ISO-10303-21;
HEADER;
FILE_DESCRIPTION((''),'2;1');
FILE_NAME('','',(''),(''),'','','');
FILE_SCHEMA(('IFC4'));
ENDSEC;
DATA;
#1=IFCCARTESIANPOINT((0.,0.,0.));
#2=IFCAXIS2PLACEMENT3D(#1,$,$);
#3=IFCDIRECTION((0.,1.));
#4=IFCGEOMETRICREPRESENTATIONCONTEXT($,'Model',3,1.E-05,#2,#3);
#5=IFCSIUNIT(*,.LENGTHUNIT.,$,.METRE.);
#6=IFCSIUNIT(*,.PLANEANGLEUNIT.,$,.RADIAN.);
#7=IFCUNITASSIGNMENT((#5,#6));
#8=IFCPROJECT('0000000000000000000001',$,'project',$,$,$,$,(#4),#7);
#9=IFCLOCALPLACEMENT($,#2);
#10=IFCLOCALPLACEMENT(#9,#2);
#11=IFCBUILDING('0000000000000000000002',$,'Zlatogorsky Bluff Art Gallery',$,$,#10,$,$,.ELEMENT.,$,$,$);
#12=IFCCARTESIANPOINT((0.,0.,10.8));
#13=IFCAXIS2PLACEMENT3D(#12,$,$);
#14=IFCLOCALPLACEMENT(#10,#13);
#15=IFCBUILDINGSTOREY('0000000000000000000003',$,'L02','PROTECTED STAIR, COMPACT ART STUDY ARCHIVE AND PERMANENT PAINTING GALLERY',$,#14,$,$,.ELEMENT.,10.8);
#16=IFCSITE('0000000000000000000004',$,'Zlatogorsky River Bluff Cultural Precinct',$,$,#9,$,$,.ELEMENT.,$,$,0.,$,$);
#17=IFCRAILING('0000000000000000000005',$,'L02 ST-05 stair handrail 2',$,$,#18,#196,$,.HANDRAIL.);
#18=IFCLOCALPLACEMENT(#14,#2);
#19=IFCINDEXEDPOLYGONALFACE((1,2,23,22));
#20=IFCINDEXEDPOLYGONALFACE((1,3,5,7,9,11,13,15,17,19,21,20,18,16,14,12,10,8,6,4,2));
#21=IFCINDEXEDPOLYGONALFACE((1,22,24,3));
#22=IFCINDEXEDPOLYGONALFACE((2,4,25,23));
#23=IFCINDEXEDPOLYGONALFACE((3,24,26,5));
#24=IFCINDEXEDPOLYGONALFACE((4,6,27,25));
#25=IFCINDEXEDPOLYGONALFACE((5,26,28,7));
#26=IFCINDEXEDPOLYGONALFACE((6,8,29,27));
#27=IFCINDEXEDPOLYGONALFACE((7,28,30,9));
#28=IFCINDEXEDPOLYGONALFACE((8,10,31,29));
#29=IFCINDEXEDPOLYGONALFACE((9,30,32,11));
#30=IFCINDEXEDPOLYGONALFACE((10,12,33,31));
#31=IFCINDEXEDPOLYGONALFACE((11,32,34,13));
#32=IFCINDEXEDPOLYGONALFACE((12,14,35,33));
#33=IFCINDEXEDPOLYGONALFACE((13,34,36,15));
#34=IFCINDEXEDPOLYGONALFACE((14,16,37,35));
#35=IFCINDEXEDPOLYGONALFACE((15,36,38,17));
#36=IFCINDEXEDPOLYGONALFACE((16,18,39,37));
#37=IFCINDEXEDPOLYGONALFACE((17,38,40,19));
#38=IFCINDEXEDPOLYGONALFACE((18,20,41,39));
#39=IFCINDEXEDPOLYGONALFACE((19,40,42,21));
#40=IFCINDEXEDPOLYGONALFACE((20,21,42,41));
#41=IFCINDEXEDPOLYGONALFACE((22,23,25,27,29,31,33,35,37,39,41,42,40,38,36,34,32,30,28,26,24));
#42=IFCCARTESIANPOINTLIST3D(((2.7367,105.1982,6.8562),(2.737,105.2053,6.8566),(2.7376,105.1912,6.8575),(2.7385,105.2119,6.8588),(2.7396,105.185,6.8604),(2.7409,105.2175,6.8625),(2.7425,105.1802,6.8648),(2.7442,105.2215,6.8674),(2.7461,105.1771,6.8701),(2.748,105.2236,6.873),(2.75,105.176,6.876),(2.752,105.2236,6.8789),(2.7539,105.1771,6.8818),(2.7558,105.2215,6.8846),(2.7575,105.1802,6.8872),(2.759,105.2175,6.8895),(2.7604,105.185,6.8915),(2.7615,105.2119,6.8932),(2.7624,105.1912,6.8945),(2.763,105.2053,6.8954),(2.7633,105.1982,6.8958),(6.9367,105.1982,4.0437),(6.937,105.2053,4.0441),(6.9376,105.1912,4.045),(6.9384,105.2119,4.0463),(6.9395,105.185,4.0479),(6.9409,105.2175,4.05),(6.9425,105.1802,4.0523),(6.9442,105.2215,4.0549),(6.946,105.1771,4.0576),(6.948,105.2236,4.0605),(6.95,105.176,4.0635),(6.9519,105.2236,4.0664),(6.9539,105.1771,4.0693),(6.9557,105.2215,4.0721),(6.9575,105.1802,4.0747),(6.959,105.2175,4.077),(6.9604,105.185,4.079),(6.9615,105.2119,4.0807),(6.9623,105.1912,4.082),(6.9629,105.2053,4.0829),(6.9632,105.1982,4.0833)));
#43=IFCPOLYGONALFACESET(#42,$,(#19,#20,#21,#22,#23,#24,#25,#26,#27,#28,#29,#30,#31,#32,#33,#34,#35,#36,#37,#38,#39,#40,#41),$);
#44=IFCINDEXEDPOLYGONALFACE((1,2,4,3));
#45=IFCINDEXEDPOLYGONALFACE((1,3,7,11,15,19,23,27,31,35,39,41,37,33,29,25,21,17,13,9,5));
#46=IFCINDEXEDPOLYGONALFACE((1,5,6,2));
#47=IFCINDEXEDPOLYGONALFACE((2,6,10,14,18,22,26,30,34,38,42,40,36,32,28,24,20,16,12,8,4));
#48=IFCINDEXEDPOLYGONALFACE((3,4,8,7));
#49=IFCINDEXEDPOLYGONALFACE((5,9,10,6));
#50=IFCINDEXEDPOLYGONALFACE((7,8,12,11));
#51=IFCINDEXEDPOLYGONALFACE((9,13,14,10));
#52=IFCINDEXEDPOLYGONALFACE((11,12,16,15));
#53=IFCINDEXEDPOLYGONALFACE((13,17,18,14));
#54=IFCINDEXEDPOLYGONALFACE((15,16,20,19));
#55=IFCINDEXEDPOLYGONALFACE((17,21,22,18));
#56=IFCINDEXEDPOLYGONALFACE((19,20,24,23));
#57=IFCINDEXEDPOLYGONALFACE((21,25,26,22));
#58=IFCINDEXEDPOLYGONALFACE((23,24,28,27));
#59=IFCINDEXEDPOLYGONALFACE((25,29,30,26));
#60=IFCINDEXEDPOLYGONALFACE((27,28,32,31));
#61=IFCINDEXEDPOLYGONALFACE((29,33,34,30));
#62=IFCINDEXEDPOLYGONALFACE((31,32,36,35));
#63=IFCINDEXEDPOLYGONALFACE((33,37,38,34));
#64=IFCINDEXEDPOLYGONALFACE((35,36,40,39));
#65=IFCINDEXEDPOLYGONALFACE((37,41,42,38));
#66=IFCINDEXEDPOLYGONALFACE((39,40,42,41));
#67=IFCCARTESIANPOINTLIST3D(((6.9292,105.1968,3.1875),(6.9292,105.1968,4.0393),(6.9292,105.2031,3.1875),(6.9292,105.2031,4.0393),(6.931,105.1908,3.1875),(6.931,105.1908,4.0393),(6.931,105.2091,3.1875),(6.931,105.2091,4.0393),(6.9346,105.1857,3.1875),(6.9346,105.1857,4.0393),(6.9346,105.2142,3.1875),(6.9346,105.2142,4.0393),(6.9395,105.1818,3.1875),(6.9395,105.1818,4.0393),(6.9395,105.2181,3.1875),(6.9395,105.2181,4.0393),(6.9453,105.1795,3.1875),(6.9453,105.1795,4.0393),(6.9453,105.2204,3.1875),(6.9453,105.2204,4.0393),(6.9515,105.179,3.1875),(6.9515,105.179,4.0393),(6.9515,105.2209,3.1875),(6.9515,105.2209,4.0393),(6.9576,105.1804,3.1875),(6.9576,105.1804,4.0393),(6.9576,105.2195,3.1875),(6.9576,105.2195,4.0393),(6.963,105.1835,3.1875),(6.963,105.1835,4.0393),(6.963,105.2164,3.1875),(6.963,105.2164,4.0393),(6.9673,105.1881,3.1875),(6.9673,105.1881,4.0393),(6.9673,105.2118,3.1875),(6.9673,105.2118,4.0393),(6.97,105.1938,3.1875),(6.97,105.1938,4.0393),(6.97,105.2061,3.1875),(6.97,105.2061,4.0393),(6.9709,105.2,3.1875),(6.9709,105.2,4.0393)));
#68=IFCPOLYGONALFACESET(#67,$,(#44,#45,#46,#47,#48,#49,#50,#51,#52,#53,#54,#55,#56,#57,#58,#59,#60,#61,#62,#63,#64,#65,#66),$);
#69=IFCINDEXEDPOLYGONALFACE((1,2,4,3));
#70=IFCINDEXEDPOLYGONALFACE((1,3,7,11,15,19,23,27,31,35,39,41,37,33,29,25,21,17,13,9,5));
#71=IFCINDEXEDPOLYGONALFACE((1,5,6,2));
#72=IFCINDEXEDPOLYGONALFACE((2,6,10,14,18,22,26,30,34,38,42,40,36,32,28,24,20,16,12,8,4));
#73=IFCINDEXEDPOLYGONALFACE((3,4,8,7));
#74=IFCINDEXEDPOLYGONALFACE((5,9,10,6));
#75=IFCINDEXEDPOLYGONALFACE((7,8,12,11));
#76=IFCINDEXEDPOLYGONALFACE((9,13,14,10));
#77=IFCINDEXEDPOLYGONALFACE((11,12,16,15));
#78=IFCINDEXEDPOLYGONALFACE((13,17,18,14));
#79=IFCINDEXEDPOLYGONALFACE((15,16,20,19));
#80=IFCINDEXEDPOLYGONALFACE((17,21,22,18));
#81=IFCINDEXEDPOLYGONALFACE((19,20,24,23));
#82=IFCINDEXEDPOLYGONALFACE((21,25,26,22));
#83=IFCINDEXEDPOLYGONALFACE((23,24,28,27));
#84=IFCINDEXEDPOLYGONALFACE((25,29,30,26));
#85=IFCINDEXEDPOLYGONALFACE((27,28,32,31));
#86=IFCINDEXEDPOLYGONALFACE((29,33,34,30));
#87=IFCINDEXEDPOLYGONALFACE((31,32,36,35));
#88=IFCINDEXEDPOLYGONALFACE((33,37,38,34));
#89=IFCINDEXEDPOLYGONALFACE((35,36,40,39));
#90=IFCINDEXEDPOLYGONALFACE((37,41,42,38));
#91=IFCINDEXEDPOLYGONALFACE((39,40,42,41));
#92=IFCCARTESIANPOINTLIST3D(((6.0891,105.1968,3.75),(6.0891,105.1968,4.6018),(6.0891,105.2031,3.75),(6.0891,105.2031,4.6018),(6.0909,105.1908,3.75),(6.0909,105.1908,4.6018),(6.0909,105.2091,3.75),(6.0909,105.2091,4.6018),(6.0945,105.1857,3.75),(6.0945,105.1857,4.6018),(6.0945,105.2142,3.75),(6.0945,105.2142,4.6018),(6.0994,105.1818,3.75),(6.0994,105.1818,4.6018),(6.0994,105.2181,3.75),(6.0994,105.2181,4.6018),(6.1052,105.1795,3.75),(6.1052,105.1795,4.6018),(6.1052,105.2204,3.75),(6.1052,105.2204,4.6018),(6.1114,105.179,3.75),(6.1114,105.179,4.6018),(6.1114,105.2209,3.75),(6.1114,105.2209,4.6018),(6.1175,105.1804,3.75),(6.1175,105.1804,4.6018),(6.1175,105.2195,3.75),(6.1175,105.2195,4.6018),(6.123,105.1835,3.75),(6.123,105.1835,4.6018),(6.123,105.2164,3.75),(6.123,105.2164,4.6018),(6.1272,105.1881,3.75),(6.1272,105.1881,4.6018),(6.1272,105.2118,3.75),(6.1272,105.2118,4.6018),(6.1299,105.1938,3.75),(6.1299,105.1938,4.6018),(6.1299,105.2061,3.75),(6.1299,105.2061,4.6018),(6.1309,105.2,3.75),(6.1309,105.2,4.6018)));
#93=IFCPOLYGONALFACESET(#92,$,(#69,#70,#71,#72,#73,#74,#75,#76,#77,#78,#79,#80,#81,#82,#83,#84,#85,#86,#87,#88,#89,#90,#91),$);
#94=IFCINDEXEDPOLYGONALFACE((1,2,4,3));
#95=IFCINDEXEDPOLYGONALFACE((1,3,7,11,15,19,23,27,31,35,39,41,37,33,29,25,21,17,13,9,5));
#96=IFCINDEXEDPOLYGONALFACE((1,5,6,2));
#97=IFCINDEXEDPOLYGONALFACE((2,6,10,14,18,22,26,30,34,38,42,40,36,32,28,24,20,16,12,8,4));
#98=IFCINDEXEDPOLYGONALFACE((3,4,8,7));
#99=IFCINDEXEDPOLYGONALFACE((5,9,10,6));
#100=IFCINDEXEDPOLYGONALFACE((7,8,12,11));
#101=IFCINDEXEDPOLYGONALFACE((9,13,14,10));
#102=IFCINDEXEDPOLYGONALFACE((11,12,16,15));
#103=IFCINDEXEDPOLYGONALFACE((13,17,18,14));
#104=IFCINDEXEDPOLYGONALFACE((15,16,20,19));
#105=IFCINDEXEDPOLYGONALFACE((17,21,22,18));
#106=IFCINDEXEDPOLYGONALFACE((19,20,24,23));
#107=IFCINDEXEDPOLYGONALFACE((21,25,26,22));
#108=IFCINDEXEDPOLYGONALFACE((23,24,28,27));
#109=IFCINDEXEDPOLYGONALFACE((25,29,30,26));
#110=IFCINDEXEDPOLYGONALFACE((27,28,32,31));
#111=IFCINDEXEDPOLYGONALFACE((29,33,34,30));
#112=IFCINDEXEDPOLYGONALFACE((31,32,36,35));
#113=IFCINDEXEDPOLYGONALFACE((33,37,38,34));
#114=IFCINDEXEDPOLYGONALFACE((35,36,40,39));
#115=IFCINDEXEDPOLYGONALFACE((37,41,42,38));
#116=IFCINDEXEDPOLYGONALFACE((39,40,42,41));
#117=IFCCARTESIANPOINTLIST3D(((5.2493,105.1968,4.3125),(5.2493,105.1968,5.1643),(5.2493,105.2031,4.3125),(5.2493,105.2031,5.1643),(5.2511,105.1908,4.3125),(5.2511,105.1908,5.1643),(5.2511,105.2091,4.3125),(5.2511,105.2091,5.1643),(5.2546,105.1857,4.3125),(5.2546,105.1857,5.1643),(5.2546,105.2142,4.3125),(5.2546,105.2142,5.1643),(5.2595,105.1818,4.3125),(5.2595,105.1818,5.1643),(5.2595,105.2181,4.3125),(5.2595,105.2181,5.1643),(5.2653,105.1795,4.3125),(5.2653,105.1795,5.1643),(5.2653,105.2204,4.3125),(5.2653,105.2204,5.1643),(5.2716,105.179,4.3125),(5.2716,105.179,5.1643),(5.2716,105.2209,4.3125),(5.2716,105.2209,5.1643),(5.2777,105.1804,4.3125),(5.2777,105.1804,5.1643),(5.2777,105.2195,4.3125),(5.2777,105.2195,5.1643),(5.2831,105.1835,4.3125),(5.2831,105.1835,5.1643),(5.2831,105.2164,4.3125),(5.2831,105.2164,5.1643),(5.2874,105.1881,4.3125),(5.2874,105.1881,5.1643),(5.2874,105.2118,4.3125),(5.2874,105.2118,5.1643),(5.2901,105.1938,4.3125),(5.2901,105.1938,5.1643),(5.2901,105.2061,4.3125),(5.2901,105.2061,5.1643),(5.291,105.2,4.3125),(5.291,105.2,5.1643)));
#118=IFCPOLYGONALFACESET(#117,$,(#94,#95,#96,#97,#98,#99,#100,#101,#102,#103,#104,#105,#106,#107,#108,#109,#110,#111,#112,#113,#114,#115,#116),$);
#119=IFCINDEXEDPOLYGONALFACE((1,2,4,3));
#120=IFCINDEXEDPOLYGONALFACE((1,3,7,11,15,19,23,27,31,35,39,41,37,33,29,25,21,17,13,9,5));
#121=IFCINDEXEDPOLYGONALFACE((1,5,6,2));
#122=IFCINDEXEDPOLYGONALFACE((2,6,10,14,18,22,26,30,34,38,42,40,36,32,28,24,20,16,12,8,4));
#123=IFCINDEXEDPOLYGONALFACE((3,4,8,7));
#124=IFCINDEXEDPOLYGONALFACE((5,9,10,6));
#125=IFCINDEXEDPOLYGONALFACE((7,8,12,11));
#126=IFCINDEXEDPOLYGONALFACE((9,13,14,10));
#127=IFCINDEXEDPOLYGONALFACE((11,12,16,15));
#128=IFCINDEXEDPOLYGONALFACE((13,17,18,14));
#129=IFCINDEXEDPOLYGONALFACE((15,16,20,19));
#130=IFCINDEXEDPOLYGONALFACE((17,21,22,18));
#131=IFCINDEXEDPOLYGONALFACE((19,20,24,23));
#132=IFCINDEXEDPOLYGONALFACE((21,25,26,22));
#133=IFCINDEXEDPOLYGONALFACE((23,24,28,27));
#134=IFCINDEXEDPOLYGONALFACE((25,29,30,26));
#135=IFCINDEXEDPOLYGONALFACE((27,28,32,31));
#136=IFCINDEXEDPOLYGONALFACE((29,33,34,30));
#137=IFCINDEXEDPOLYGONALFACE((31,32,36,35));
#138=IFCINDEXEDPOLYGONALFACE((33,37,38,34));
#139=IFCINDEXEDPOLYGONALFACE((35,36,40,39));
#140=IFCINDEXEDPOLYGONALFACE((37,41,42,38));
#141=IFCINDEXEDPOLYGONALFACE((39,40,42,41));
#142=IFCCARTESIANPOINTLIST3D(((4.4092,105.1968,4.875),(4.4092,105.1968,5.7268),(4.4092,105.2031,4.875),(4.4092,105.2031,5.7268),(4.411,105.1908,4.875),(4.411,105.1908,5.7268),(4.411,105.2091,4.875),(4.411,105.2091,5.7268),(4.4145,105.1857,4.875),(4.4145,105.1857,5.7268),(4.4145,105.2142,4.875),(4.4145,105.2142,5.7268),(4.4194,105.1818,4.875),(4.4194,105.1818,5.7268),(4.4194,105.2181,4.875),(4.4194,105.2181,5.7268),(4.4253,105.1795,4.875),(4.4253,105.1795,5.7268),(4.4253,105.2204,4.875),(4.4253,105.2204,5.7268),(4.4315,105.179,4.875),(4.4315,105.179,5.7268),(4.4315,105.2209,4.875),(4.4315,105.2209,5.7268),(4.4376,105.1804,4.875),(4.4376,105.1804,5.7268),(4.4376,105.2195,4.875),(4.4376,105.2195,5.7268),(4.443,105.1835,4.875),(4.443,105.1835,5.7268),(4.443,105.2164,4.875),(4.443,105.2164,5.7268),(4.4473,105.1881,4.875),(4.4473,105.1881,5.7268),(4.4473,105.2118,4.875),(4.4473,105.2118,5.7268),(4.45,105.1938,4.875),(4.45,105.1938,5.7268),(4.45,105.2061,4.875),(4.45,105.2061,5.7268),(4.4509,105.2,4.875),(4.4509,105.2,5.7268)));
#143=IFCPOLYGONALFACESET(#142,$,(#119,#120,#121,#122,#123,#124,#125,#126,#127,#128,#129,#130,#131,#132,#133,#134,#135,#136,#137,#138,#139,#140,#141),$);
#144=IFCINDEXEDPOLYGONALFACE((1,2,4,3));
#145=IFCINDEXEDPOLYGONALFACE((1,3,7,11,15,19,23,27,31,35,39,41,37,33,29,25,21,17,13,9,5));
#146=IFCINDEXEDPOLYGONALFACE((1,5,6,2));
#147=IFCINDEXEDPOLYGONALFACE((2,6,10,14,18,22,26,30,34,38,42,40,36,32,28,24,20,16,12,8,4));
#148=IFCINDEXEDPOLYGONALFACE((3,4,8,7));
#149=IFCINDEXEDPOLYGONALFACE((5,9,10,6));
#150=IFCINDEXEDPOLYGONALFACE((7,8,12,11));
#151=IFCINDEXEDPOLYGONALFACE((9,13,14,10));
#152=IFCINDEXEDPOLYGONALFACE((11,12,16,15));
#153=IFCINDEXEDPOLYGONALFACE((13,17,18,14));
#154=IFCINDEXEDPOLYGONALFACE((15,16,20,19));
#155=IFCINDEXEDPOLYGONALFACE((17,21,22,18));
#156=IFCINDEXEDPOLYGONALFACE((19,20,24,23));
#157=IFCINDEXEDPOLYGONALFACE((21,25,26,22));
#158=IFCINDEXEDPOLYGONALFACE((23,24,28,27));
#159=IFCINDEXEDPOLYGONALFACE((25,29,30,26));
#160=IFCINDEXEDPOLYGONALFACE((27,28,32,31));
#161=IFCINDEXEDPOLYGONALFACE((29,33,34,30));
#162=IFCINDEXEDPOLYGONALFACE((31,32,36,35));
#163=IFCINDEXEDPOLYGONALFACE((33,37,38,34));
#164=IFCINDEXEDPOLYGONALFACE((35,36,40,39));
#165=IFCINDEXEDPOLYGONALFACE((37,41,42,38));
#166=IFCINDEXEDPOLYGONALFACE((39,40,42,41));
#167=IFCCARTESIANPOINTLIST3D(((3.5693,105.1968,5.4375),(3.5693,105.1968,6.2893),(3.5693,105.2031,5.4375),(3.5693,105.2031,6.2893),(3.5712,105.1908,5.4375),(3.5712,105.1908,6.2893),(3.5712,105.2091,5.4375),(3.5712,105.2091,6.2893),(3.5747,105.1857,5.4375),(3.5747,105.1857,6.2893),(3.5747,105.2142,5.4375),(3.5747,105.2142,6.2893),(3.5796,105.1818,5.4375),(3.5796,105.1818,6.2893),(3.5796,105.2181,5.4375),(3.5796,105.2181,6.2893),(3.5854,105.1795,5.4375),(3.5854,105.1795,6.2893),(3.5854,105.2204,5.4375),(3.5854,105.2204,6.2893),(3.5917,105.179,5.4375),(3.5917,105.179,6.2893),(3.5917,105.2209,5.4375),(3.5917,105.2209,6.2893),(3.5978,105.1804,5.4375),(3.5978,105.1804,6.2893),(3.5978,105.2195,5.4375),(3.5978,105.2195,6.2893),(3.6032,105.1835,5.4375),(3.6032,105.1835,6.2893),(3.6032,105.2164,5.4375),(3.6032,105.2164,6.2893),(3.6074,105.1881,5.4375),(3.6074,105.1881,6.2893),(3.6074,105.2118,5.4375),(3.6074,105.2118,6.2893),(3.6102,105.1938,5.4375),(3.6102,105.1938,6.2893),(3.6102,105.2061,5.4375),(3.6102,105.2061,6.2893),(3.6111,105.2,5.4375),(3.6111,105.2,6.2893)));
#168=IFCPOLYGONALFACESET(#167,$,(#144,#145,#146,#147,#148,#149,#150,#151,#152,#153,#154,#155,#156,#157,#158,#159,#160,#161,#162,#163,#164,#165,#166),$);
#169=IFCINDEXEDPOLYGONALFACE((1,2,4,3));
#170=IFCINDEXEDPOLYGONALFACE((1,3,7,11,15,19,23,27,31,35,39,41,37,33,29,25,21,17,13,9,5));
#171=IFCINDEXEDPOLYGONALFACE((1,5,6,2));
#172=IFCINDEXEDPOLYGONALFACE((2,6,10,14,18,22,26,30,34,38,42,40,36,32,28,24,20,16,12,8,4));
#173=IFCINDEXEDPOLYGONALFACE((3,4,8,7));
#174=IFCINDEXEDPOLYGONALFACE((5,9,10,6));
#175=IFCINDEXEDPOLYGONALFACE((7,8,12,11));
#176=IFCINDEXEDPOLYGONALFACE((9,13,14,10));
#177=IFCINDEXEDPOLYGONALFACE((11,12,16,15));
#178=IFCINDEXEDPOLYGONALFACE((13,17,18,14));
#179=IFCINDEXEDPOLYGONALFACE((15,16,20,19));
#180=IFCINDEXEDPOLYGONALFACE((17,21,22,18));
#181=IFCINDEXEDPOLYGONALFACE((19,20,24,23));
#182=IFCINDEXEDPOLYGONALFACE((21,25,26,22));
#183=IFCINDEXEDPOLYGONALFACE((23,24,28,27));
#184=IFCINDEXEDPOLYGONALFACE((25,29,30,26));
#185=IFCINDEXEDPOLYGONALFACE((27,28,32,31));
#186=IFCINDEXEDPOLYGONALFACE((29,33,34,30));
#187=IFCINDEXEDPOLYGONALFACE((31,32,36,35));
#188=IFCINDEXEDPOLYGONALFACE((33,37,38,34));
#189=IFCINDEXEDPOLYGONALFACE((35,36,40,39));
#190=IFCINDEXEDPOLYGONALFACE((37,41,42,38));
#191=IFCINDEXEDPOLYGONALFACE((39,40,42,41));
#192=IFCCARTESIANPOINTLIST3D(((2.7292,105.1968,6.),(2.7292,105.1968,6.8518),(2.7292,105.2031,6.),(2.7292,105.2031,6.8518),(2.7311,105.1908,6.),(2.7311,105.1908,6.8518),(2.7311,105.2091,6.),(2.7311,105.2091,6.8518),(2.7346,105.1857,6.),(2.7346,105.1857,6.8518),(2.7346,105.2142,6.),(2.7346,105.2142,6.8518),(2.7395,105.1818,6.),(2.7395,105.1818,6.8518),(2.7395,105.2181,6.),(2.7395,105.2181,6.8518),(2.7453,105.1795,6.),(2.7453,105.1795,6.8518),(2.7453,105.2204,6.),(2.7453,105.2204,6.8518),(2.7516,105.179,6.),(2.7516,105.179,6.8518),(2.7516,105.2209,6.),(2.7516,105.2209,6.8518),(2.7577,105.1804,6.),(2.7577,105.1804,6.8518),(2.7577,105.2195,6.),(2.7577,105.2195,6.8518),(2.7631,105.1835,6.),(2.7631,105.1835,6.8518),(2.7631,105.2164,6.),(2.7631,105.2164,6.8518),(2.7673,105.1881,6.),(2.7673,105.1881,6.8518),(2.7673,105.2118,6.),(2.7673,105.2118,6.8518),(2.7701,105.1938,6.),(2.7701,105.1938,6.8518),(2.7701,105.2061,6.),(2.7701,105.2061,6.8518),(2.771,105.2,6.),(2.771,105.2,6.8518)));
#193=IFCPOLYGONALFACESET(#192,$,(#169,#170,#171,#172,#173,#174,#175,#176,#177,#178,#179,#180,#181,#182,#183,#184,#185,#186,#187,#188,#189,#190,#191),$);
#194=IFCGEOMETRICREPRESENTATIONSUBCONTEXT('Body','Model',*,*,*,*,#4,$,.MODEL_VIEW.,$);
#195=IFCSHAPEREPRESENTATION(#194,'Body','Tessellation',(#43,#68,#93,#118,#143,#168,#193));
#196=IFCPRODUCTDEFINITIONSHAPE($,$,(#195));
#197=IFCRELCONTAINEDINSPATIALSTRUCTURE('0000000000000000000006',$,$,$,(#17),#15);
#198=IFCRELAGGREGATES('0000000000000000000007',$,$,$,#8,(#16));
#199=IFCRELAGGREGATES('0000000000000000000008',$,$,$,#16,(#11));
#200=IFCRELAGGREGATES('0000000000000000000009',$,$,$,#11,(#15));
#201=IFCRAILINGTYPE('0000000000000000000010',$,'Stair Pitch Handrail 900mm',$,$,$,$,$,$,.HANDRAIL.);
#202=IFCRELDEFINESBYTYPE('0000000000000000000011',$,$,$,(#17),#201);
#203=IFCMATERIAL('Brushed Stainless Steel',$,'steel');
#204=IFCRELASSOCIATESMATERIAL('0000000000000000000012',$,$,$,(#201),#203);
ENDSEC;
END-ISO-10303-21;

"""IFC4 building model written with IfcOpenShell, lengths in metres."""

from ifc_helpers import new_model, si_unit, direction, frame, origin, origin_2d, place, context, subcontext, project, spatial, circle, extrude, material, type_object, element, save


model = new_model("IFC4")

# Units and contexts
model_context = context("Model", 3, precision=1e-05, world=origin(), true_north=direction((0.0, 1.0)))
body_context = subcontext(model_context, "Body", "Model", "MODEL_VIEW")
ifc_project = project(units=[si_unit("LENGTHUNIT", "METRE"), si_unit("PLANEANGLEUNIT", "RADIAN")], contexts=[model_context])

# Site, building, storey
site_placement = place(None, origin())
site = spatial("IfcSite", under=ifc_project, at=site_placement, Name="Zlatogorsky River Bluff Cultural Precinct", CompositionType="ELEMENT", RefElevation=0.0)
building_placement = place(site_placement, origin())
building = spatial("IfcBuilding", under=site, at=building_placement, Name="Zlatogorsky Bluff Art Gallery", CompositionType="ELEMENT")
storey_placement = place(building_placement, frame((0.0, 0.0, 10.8)))
storey = spatial("IfcBuildingStorey", under=building, at=storey_placement, Name="L02", Description="PROTECTED STAIR, COMPACT ART STUDY ARCHIVE AND PERMANENT PAINTING GALLERY", CompositionType="ELEMENT", Elevation=10.8)

# Railing
ifc_material_1 = material(Name="Brushed Stainless Steel", Category="steel")
railing_type_1 = type_object("IfcRailingType", Name="Stair Pitch Handrail 900mm", PredefinedType="HANDRAIL", material=ifc_material_1)
railing_1_placement = place(storey_placement, frame((6.95, 105.2, 3.1875)))
element("IfcRailing", 1, at=railing_1_placement, inside=storey, type_object=railing_type_1, Name="L02 ST-05 stair handrail 2", PredefinedType="HANDRAIL", context=body_context, shape_type="SweptSolid", body=[
    extrude(circle(Radius=0.0239, at=origin_2d()), frame((0.0, 0.0, 0.876), z_axis=(-0.830904, 0.0, 0.556416), x_axis=(0.0, -1.0, 0.0)), (0.0, 0.0, 1.0), 5.0547),
    extrude(circle(Radius=0.021, at=origin_2d()), origin(), (0.0, 0.0, 1.0), 0.8518),
    extrude(circle(Radius=0.021, at=origin_2d()), frame((-0.8401, 0.0, 0.5625)), (0.0, 0.0, 1.0), 0.8518),
    extrude(circle(Radius=0.021, at=origin_2d()), frame((-1.6799, 0.0, 1.125)), (0.0, 0.0, 1.0), 0.8518),
    extrude(circle(Radius=0.021, at=origin_2d()), frame((-2.52, 0.0, 1.6875)), (0.0, 0.0, 1.0), 0.8518),
    extrude(circle(Radius=0.021, at=origin_2d()), frame((-3.3599, 0.0, 2.25)), (0.0, 0.0, 1.0), 0.8518),
    extrude(circle(Radius=0.021, at=origin_2d()), frame((-4.2, 0.0, 2.8125)), (0.0, 0.0, 1.0), 0.8518),
])

save(model, "model.ifc")
